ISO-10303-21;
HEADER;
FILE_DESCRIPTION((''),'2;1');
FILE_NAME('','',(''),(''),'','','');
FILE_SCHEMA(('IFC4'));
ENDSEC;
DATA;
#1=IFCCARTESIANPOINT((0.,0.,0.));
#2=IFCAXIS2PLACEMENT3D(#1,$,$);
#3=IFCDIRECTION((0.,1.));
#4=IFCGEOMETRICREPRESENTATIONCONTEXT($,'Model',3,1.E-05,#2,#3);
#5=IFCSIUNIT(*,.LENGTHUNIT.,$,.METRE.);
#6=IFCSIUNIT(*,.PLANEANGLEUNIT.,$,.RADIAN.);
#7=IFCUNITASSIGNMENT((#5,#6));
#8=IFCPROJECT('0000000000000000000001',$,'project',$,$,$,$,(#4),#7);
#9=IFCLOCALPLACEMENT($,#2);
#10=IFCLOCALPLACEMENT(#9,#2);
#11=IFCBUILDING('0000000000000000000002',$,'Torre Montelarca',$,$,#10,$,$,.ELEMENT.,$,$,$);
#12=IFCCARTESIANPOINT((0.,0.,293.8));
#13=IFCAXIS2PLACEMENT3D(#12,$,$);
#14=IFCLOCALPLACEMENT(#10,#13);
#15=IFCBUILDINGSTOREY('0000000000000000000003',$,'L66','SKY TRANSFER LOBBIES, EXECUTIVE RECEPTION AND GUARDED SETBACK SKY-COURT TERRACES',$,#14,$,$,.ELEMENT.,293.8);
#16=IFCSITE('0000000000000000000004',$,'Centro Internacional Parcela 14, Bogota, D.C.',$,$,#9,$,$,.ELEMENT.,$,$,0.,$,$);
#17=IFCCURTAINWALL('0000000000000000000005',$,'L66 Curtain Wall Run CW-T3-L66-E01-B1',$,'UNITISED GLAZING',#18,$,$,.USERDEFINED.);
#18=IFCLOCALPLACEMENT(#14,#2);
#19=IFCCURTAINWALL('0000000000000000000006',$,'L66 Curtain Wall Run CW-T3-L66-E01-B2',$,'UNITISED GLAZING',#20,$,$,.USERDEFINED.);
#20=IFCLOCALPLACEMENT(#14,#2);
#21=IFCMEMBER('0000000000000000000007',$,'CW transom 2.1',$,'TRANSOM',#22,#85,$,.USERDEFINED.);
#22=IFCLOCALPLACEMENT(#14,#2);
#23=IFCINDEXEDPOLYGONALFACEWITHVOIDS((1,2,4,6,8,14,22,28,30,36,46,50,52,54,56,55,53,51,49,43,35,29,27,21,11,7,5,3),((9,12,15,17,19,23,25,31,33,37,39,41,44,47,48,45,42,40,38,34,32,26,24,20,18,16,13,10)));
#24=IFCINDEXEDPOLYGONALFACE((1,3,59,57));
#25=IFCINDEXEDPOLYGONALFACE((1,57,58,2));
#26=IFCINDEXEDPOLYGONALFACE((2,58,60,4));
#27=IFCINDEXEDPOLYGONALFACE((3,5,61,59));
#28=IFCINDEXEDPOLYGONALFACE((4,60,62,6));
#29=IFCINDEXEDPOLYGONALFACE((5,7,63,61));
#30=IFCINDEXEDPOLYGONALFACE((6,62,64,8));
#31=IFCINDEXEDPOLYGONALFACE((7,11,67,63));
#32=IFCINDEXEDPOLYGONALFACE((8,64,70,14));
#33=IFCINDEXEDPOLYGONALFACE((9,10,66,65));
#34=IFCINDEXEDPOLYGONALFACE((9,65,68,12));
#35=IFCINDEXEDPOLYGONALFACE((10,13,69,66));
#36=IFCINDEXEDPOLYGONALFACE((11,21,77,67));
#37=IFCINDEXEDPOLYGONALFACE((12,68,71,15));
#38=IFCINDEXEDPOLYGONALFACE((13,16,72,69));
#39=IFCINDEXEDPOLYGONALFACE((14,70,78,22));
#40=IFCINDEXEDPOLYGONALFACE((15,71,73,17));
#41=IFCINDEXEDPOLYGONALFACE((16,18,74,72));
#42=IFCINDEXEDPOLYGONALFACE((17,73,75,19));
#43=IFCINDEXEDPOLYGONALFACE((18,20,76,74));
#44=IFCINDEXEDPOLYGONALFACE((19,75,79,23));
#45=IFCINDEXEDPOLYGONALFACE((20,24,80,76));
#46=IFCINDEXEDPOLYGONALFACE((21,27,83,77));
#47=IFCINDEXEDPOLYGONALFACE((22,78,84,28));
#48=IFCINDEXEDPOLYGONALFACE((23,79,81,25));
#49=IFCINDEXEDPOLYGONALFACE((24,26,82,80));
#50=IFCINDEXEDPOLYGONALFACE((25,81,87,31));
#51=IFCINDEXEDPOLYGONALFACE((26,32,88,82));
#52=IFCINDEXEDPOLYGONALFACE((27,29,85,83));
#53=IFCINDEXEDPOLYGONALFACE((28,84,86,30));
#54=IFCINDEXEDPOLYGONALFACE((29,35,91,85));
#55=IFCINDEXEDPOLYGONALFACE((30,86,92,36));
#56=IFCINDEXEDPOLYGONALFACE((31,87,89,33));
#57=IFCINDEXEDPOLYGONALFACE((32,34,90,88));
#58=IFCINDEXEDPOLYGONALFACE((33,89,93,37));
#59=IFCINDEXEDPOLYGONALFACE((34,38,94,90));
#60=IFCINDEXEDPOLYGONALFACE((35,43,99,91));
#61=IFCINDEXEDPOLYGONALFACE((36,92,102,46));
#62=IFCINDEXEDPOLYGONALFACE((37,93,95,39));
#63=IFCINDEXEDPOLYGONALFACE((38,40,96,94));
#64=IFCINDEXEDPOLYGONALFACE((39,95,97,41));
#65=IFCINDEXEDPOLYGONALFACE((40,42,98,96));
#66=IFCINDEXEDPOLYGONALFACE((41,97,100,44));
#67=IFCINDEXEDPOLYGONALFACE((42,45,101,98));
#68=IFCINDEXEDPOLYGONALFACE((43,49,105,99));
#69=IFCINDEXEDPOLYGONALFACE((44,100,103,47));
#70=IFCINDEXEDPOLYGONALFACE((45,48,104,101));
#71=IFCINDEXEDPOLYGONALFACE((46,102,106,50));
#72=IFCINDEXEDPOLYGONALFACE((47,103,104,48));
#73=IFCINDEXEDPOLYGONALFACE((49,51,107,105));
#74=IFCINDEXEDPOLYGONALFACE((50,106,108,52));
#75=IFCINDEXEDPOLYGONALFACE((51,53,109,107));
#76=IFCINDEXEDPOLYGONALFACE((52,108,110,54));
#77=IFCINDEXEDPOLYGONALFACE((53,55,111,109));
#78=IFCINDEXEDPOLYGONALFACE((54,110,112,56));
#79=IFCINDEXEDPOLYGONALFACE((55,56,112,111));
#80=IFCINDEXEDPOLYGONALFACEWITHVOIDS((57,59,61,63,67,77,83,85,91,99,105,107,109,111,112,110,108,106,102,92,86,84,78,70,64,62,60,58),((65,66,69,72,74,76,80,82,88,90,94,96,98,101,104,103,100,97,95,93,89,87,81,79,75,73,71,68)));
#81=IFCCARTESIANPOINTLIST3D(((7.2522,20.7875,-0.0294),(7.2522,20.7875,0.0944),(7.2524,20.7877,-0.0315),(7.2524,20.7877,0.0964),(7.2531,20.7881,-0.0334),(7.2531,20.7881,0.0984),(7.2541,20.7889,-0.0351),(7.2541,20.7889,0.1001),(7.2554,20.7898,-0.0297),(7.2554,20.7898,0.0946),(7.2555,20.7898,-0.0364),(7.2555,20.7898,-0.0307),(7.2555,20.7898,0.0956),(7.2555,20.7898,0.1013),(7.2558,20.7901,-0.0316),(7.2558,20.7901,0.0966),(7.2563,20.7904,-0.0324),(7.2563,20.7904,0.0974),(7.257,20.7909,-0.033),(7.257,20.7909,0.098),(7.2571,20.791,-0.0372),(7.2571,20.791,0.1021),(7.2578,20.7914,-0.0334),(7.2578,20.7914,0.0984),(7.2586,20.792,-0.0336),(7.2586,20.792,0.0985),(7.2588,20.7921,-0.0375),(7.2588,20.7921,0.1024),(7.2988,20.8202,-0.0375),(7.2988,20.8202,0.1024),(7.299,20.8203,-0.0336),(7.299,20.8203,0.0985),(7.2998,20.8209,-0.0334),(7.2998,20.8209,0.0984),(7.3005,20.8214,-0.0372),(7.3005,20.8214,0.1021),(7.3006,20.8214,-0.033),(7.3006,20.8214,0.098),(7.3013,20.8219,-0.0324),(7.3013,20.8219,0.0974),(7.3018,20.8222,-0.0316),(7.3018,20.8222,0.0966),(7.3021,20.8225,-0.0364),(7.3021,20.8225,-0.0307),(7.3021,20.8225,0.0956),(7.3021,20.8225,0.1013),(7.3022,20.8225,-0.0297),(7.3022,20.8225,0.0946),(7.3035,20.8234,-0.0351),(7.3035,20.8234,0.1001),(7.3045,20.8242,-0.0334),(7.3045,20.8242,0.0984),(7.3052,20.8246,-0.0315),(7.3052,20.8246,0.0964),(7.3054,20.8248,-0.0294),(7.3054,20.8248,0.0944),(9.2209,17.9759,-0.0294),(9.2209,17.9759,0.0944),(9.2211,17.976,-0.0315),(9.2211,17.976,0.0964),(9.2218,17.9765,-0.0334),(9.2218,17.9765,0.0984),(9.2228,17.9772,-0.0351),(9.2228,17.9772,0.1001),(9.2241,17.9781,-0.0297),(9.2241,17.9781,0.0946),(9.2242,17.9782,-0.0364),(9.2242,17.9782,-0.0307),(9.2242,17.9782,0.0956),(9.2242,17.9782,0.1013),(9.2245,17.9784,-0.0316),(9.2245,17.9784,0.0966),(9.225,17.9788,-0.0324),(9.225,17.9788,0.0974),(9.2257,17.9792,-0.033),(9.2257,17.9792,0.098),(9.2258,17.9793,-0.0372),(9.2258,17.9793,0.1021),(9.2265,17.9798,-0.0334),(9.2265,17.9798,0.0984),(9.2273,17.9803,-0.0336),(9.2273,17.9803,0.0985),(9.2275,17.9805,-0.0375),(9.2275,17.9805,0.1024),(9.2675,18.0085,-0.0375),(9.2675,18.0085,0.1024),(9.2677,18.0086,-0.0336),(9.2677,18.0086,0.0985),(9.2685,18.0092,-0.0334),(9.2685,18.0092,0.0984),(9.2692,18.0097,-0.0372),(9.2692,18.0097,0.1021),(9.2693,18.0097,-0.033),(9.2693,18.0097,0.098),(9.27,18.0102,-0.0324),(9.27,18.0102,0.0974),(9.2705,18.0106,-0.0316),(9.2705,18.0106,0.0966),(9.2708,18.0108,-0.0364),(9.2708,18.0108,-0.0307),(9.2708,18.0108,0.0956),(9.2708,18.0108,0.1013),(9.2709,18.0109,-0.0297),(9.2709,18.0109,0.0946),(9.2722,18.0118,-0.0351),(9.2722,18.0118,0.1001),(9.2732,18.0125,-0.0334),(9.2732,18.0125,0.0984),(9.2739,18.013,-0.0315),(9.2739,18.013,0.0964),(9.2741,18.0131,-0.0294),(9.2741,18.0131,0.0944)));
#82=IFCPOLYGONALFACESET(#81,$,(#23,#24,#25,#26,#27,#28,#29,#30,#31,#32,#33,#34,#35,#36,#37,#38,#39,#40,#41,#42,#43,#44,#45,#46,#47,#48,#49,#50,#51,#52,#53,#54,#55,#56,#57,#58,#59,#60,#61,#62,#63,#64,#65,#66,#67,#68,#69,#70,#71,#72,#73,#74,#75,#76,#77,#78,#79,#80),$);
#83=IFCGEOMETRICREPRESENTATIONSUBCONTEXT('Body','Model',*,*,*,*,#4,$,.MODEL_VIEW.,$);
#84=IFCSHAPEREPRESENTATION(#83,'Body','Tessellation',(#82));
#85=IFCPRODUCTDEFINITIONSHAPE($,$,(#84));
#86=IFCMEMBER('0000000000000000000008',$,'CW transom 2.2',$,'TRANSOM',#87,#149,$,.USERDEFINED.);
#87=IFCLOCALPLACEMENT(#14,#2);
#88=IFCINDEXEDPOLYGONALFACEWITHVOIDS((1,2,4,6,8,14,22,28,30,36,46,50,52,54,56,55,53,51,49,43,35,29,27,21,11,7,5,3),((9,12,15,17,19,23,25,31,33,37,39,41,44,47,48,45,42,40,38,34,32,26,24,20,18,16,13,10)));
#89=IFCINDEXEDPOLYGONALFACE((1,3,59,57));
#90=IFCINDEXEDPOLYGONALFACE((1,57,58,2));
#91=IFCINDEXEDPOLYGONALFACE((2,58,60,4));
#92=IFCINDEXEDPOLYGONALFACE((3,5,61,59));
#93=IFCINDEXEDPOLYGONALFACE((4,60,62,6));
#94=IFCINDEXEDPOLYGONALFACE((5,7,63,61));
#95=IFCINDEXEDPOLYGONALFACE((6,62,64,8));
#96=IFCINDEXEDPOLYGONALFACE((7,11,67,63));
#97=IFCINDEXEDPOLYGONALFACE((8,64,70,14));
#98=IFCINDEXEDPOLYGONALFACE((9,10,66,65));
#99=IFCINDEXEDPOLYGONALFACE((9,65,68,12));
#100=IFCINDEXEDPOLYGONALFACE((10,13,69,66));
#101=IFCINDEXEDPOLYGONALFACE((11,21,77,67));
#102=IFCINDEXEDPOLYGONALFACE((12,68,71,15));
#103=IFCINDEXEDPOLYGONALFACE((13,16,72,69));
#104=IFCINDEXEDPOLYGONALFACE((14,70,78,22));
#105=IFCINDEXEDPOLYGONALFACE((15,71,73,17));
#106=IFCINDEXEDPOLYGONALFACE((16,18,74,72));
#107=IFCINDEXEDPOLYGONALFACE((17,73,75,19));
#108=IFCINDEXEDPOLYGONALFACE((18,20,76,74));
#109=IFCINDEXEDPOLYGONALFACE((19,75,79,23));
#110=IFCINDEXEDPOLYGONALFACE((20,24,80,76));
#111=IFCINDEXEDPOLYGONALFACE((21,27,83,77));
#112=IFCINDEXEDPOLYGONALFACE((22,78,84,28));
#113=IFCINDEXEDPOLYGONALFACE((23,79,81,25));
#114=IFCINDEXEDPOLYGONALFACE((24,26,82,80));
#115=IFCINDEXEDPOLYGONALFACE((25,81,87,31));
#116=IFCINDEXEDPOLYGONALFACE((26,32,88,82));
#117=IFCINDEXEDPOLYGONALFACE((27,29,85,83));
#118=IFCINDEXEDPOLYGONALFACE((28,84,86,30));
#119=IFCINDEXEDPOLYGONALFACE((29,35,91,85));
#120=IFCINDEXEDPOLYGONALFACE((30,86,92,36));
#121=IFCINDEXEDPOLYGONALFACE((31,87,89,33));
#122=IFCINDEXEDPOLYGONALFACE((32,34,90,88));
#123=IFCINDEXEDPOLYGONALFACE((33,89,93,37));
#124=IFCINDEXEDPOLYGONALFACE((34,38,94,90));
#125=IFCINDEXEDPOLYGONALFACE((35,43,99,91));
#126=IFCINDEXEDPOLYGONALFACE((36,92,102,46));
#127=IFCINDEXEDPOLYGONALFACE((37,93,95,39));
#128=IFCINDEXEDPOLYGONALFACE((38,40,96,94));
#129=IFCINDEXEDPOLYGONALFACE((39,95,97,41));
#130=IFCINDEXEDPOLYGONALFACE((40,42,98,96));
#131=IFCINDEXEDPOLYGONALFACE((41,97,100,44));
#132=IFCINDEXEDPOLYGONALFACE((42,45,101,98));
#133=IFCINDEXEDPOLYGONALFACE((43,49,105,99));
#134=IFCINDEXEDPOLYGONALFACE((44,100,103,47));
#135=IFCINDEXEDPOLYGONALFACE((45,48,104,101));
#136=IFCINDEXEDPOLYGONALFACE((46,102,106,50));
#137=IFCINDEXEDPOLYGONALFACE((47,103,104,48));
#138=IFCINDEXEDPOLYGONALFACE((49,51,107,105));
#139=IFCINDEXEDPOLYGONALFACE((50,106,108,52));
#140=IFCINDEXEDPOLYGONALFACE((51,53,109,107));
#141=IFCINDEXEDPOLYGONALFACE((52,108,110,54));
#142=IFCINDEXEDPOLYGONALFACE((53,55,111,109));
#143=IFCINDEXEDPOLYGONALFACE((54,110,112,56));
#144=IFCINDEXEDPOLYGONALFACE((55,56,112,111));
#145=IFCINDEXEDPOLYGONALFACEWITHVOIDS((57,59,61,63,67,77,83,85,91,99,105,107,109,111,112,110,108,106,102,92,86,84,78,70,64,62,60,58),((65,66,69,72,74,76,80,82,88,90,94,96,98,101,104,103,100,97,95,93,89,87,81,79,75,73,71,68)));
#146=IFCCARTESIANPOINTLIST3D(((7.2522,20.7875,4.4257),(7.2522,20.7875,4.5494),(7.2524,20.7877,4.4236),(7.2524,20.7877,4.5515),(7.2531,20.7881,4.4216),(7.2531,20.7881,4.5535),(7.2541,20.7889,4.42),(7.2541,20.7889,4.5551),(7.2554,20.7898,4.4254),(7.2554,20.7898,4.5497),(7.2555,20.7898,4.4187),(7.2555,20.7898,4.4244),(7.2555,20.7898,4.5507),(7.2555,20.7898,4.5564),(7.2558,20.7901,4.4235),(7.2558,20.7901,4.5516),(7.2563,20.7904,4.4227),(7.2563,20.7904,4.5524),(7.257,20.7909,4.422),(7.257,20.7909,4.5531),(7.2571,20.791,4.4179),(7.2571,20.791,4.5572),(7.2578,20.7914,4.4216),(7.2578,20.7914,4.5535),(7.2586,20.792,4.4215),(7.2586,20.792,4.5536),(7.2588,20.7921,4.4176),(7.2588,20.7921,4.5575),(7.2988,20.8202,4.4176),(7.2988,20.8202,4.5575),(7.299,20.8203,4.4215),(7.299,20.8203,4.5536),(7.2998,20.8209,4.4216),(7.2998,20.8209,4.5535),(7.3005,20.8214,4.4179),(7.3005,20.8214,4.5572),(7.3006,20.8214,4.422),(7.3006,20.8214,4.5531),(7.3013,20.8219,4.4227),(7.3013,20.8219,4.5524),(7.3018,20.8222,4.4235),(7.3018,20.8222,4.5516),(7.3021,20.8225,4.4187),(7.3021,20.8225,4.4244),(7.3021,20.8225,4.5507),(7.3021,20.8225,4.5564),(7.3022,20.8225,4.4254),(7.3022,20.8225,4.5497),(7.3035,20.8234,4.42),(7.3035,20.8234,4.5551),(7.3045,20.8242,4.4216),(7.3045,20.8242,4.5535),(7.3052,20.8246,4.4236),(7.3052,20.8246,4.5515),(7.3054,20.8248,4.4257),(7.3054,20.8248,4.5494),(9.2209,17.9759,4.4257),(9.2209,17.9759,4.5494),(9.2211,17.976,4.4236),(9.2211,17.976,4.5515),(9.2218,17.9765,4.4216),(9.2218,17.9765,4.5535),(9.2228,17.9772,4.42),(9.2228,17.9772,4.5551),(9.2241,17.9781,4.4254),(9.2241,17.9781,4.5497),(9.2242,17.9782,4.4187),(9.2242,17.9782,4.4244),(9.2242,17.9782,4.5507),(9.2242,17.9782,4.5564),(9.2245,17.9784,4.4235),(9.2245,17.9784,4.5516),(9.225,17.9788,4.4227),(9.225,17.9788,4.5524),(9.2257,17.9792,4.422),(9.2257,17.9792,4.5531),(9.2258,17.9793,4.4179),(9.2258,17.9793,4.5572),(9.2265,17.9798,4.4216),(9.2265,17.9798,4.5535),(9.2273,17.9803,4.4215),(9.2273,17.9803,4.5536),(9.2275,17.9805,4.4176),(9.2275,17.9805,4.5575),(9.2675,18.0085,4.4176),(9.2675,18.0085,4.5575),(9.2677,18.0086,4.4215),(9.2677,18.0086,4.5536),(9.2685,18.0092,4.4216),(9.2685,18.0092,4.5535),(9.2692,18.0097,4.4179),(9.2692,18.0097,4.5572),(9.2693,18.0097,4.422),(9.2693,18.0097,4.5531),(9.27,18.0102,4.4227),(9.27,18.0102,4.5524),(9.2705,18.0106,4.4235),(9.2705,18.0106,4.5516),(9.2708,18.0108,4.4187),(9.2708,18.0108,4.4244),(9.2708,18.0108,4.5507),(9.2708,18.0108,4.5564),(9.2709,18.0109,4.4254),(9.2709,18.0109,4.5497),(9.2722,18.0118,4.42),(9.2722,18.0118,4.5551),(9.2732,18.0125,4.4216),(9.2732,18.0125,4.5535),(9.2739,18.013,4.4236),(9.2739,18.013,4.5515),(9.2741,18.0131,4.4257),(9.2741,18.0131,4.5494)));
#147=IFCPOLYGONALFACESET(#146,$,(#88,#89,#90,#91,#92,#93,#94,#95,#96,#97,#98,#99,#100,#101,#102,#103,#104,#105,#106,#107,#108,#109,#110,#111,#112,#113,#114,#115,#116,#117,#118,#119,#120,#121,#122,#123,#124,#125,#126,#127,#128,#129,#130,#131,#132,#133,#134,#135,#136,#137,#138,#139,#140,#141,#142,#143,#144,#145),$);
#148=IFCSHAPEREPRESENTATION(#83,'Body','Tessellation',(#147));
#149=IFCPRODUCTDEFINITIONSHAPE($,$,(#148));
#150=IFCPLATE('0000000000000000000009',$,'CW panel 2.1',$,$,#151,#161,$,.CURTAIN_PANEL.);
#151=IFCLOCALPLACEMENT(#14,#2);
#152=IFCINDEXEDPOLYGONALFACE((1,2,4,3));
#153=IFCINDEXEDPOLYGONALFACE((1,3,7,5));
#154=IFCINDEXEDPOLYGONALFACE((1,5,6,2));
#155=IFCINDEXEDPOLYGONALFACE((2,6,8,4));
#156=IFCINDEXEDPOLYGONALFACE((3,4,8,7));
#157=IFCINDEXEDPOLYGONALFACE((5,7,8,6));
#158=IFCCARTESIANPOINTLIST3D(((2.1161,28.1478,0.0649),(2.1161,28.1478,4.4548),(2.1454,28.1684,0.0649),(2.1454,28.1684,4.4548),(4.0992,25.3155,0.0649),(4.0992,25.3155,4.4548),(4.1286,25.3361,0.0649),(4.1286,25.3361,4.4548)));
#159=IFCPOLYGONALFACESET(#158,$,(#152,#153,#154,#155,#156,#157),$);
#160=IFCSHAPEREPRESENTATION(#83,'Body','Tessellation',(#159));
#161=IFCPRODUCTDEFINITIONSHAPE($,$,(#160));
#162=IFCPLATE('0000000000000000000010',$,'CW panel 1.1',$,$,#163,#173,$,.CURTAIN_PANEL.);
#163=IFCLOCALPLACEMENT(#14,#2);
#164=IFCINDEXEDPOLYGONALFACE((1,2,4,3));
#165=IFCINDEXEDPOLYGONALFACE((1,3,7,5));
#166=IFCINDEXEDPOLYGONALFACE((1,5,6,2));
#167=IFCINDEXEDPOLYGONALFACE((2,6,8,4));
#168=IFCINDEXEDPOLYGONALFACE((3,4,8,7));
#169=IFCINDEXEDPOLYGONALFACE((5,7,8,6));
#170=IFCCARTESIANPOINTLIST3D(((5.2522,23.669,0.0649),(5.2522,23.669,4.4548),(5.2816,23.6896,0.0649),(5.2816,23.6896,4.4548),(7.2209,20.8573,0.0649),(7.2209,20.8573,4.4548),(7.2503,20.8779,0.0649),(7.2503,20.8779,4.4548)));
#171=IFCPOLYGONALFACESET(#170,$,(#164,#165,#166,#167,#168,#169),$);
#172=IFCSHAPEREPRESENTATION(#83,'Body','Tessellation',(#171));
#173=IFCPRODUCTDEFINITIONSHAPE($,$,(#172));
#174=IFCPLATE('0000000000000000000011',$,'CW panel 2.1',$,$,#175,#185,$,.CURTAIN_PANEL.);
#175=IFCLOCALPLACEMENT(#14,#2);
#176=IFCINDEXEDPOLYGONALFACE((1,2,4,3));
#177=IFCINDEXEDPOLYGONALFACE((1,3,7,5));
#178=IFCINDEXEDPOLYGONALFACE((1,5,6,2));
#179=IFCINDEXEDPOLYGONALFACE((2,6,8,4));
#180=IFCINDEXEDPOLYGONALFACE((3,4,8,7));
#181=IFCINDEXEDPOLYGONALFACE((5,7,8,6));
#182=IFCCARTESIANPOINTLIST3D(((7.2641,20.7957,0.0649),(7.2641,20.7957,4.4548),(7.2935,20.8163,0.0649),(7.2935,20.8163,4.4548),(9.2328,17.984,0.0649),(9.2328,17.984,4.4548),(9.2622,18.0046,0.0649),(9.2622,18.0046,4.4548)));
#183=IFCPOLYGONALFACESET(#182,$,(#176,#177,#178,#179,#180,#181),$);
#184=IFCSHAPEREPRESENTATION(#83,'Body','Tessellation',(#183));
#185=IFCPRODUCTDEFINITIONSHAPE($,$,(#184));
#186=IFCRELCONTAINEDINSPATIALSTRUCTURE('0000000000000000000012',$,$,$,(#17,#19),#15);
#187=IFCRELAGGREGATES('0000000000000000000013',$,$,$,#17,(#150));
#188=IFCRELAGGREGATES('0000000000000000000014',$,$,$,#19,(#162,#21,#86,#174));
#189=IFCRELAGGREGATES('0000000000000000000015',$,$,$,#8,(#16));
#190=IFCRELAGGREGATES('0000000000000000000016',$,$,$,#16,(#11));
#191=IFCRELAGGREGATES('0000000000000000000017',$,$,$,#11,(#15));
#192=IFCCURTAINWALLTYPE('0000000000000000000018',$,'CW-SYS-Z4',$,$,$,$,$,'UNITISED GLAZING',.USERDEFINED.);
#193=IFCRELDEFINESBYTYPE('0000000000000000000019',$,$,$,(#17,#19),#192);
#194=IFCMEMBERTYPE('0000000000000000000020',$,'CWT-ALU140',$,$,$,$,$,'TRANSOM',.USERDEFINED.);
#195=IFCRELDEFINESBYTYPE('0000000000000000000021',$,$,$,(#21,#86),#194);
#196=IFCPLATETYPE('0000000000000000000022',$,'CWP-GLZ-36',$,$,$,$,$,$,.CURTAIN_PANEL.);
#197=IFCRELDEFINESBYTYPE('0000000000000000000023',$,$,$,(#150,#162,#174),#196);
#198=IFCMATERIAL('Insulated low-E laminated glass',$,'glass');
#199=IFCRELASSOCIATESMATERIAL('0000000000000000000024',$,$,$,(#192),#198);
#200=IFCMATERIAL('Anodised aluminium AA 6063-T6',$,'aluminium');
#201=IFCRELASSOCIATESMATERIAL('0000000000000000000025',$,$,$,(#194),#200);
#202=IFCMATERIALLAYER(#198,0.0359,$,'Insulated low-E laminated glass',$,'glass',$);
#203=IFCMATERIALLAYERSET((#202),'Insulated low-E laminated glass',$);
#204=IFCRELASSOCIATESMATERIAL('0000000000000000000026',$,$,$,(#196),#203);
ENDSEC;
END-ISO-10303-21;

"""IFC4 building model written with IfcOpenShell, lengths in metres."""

from ifc_helpers import new_model, si_unit, direction, frame, origin, origin_2d, place, context, subcontext, project, spatial, rectangle, hollow_rectangle, extrude, source, transform, mapped, material, layer, layer_set, material_profile, profile_set, type_object, element, aggregate, save


model = new_model("IFC4")

# Units and contexts
model_context = context("Model", 3, precision=1e-05, world=origin(), true_north=direction((0.0, 1.0)))
body_context = subcontext(model_context, "Body", "Model", "MODEL_VIEW")
ifc_project = project(units=[si_unit("LENGTHUNIT", "METRE"), si_unit("PLANEANGLEUNIT", "RADIAN")], contexts=[model_context])

# Site, building, storey
site_placement = place(None, origin())
site = spatial("IfcSite", under=ifc_project, at=site_placement, Name="Centro Internacional Parcela 14, Bogota, D.C.", CompositionType="ELEMENT", RefElevation=0.0)
building_placement = place(site_placement, origin())
building = spatial("IfcBuilding", under=site, at=building_placement, Name="Torre Montelarca", CompositionType="ELEMENT")
storey_placement = place(building_placement, frame((0.0, 0.0, 293.8)))
storey = spatial("IfcBuildingStorey", under=building, at=storey_placement, Name="L66", Description="SKY TRANSFER LOBBIES, EXECUTIVE RECEPTION AND GUARDED SETBACK SKY-COURT TERRACES", CompositionType="ELEMENT", Elevation=293.8)

# Curtain walls
ifc_material_1 = material(Name="Insulated low-E laminated glass", Category="glass")
curtain_wall_type = type_object("IfcCurtainWallType", Name="CW-SYS-Z4", ElementType="UNITISED GLAZING", PredefinedType="USERDEFINED", material=ifc_material_1)
curtain_wall_1_placement = place(storey_placement, origin())
curtain_wall_1 = element("IfcCurtainWall", 1, at=curtain_wall_1_placement, inside=storey, type_object=curtain_wall_type, Name="L66 Curtain Wall Run CW-T3-L66-E01-B1", ObjectType="UNITISED GLAZING", PredefinedType="USERDEFINED")
ifc_material_2 = material(Name="Anodised aluminium AA 6063-T6", Category="aluminium")
curtain_wall_2_placement = place(storey_placement, origin())
curtain_wall_2 = element("IfcCurtainWall", 2, at=curtain_wall_2_placement, inside=storey, type_object=curtain_wall_type, Name="L66 Curtain Wall Run CW-T3-L66-E01-B2", ObjectType="UNITISED GLAZING", PredefinedType="USERDEFINED")

# Members
ifc_material_profile_1 = material_profile(ifc_material_2, hollow_rectangle(XDim=0.0649, YDim=0.1399, WallThickness=0.0039, InnerFilletRadius=0.0039, OuterFilletRadius=0.0081, at=origin_2d()), Name="ALU65X140X4", Category="aluminium")
ifc_profile_set_1 = profile_set([ifc_material_profile_1], Name="Anodised aluminium AA 6063-T6")
member_type_1 = type_object("IfcMemberType", Name="CWT-ALU140", ElementType="TRANSOM", PredefinedType="USERDEFINED", material=ifc_profile_set_1)
shared_shape_1 = source(origin(), body_context, "Body", "SweptSolid", [
    extrude(hollow_rectangle(XDim=0.0649, YDim=0.1399, WallThickness=0.0039, InnerFilletRadius=0.0039, OuterFilletRadius=0.0081, at=origin_2d()), origin(), (0.0, 0.0, 1.0), 3.4324),
])
member_1_placement = place(storey_placement, frame((7.2788, 20.8062, 0.0325), z_axis=(0.573563, -0.819162, 0.0), x_axis=(0.819162, 0.573563, 0.0)))
member_1 = element("IfcMember", 3, at=member_1_placement, type_object=member_type_1, Name="CW transom 2.1", ObjectType="TRANSOM", PredefinedType="USERDEFINED", context=body_context, shape_type="MappedRepresentation", body=[
    mapped(shared_shape_1, transform((0.0, 0.0, 0.0), scale=1.0)),
])
member_2_placement = place(storey_placement, frame((7.2788, 20.8062, 4.4875), z_axis=(0.573563, -0.819162, 0.0), x_axis=(0.819162, 0.573563, 0.0)))
member_2 = element("IfcMember", 4, at=member_2_placement, type_object=member_type_1, Name="CW transom 2.2", ObjectType="TRANSOM", PredefinedType="USERDEFINED", context=body_context, shape_type="MappedRepresentation", body=[
    mapped(shared_shape_1, transform((0.0, 0.0, 0.0), scale=1.0)),
])

# Plates
ifc_layer_1 = layer(ifc_material_1, 0.0359, Name="Insulated low-E laminated glass", Category="glass")
ifc_layer_set_1 = layer_set([ifc_layer_1], Name="Insulated low-E laminated glass")
plate_type = type_object("IfcPlateType", Name="CWP-GLZ-36", PredefinedType="CURTAIN_PANEL", material=ifc_layer_set_1)
shared_shape_2 = source(origin(), body_context, "Body", "SweptSolid", [
    extrude(rectangle(XDim=3.4575, YDim=0.0359, at=origin_2d()), origin(), (0.0, 0.0, 1.0), 4.3899),
])
plate_1_placement = place(storey_placement, frame((3.1223, 26.7419, 0.0649), z_axis=(0.0, 0.0, 1.0), x_axis=(0.573569, -0.819157, 0.0)))
plate_1 = element("IfcPlate", 5, at=plate_1_placement, type_object=plate_type, Name="CW panel 2.1", PredefinedType="CURTAIN_PANEL", context=body_context, shape_type="MappedRepresentation", body=[
    mapped(shared_shape_2, transform((0.0, 0.0, 0.0), scale=1.0)),
])
aggregate(curtain_wall_1, [plate_1])
shared_shape_3 = source(origin(), body_context, "Body", "SweptSolid", [
    extrude(rectangle(XDim=3.4324, YDim=0.0359, at=origin_2d()), origin(), (0.0, 0.0, 1.0), 4.3899),
])
plate_2_placement = place(storey_placement, frame((6.2512, 22.2734, 0.0649), z_axis=(0.0, 0.0, 1.0), x_axis=(0.57357, -0.819156, 0.0)))
plate_2 = element("IfcPlate", 6, at=plate_2_placement, type_object=plate_type, Name="CW panel 1.1", PredefinedType="CURTAIN_PANEL", context=body_context, shape_type="MappedRepresentation", body=[
    mapped(shared_shape_3, transform((0.0, 0.0, 0.0), scale=1.0)),
])
plate_3_placement = place(storey_placement, frame((8.2632, 19.4001, 0.0649), z_axis=(0.0, 0.0, 1.0), x_axis=(0.57357, -0.819156, 0.0)))
plate_3 = element("IfcPlate", 7, at=plate_3_placement, type_object=plate_type, Name="CW panel 2.1", PredefinedType="CURTAIN_PANEL", context=body_context, shape_type="MappedRepresentation", body=[
    mapped(shared_shape_3, transform((0.0, 0.0, 0.0), scale=1.0)),
])
aggregate(curtain_wall_2, [plate_2, member_1, member_2, plate_3])

save(model, "model.ifc")
